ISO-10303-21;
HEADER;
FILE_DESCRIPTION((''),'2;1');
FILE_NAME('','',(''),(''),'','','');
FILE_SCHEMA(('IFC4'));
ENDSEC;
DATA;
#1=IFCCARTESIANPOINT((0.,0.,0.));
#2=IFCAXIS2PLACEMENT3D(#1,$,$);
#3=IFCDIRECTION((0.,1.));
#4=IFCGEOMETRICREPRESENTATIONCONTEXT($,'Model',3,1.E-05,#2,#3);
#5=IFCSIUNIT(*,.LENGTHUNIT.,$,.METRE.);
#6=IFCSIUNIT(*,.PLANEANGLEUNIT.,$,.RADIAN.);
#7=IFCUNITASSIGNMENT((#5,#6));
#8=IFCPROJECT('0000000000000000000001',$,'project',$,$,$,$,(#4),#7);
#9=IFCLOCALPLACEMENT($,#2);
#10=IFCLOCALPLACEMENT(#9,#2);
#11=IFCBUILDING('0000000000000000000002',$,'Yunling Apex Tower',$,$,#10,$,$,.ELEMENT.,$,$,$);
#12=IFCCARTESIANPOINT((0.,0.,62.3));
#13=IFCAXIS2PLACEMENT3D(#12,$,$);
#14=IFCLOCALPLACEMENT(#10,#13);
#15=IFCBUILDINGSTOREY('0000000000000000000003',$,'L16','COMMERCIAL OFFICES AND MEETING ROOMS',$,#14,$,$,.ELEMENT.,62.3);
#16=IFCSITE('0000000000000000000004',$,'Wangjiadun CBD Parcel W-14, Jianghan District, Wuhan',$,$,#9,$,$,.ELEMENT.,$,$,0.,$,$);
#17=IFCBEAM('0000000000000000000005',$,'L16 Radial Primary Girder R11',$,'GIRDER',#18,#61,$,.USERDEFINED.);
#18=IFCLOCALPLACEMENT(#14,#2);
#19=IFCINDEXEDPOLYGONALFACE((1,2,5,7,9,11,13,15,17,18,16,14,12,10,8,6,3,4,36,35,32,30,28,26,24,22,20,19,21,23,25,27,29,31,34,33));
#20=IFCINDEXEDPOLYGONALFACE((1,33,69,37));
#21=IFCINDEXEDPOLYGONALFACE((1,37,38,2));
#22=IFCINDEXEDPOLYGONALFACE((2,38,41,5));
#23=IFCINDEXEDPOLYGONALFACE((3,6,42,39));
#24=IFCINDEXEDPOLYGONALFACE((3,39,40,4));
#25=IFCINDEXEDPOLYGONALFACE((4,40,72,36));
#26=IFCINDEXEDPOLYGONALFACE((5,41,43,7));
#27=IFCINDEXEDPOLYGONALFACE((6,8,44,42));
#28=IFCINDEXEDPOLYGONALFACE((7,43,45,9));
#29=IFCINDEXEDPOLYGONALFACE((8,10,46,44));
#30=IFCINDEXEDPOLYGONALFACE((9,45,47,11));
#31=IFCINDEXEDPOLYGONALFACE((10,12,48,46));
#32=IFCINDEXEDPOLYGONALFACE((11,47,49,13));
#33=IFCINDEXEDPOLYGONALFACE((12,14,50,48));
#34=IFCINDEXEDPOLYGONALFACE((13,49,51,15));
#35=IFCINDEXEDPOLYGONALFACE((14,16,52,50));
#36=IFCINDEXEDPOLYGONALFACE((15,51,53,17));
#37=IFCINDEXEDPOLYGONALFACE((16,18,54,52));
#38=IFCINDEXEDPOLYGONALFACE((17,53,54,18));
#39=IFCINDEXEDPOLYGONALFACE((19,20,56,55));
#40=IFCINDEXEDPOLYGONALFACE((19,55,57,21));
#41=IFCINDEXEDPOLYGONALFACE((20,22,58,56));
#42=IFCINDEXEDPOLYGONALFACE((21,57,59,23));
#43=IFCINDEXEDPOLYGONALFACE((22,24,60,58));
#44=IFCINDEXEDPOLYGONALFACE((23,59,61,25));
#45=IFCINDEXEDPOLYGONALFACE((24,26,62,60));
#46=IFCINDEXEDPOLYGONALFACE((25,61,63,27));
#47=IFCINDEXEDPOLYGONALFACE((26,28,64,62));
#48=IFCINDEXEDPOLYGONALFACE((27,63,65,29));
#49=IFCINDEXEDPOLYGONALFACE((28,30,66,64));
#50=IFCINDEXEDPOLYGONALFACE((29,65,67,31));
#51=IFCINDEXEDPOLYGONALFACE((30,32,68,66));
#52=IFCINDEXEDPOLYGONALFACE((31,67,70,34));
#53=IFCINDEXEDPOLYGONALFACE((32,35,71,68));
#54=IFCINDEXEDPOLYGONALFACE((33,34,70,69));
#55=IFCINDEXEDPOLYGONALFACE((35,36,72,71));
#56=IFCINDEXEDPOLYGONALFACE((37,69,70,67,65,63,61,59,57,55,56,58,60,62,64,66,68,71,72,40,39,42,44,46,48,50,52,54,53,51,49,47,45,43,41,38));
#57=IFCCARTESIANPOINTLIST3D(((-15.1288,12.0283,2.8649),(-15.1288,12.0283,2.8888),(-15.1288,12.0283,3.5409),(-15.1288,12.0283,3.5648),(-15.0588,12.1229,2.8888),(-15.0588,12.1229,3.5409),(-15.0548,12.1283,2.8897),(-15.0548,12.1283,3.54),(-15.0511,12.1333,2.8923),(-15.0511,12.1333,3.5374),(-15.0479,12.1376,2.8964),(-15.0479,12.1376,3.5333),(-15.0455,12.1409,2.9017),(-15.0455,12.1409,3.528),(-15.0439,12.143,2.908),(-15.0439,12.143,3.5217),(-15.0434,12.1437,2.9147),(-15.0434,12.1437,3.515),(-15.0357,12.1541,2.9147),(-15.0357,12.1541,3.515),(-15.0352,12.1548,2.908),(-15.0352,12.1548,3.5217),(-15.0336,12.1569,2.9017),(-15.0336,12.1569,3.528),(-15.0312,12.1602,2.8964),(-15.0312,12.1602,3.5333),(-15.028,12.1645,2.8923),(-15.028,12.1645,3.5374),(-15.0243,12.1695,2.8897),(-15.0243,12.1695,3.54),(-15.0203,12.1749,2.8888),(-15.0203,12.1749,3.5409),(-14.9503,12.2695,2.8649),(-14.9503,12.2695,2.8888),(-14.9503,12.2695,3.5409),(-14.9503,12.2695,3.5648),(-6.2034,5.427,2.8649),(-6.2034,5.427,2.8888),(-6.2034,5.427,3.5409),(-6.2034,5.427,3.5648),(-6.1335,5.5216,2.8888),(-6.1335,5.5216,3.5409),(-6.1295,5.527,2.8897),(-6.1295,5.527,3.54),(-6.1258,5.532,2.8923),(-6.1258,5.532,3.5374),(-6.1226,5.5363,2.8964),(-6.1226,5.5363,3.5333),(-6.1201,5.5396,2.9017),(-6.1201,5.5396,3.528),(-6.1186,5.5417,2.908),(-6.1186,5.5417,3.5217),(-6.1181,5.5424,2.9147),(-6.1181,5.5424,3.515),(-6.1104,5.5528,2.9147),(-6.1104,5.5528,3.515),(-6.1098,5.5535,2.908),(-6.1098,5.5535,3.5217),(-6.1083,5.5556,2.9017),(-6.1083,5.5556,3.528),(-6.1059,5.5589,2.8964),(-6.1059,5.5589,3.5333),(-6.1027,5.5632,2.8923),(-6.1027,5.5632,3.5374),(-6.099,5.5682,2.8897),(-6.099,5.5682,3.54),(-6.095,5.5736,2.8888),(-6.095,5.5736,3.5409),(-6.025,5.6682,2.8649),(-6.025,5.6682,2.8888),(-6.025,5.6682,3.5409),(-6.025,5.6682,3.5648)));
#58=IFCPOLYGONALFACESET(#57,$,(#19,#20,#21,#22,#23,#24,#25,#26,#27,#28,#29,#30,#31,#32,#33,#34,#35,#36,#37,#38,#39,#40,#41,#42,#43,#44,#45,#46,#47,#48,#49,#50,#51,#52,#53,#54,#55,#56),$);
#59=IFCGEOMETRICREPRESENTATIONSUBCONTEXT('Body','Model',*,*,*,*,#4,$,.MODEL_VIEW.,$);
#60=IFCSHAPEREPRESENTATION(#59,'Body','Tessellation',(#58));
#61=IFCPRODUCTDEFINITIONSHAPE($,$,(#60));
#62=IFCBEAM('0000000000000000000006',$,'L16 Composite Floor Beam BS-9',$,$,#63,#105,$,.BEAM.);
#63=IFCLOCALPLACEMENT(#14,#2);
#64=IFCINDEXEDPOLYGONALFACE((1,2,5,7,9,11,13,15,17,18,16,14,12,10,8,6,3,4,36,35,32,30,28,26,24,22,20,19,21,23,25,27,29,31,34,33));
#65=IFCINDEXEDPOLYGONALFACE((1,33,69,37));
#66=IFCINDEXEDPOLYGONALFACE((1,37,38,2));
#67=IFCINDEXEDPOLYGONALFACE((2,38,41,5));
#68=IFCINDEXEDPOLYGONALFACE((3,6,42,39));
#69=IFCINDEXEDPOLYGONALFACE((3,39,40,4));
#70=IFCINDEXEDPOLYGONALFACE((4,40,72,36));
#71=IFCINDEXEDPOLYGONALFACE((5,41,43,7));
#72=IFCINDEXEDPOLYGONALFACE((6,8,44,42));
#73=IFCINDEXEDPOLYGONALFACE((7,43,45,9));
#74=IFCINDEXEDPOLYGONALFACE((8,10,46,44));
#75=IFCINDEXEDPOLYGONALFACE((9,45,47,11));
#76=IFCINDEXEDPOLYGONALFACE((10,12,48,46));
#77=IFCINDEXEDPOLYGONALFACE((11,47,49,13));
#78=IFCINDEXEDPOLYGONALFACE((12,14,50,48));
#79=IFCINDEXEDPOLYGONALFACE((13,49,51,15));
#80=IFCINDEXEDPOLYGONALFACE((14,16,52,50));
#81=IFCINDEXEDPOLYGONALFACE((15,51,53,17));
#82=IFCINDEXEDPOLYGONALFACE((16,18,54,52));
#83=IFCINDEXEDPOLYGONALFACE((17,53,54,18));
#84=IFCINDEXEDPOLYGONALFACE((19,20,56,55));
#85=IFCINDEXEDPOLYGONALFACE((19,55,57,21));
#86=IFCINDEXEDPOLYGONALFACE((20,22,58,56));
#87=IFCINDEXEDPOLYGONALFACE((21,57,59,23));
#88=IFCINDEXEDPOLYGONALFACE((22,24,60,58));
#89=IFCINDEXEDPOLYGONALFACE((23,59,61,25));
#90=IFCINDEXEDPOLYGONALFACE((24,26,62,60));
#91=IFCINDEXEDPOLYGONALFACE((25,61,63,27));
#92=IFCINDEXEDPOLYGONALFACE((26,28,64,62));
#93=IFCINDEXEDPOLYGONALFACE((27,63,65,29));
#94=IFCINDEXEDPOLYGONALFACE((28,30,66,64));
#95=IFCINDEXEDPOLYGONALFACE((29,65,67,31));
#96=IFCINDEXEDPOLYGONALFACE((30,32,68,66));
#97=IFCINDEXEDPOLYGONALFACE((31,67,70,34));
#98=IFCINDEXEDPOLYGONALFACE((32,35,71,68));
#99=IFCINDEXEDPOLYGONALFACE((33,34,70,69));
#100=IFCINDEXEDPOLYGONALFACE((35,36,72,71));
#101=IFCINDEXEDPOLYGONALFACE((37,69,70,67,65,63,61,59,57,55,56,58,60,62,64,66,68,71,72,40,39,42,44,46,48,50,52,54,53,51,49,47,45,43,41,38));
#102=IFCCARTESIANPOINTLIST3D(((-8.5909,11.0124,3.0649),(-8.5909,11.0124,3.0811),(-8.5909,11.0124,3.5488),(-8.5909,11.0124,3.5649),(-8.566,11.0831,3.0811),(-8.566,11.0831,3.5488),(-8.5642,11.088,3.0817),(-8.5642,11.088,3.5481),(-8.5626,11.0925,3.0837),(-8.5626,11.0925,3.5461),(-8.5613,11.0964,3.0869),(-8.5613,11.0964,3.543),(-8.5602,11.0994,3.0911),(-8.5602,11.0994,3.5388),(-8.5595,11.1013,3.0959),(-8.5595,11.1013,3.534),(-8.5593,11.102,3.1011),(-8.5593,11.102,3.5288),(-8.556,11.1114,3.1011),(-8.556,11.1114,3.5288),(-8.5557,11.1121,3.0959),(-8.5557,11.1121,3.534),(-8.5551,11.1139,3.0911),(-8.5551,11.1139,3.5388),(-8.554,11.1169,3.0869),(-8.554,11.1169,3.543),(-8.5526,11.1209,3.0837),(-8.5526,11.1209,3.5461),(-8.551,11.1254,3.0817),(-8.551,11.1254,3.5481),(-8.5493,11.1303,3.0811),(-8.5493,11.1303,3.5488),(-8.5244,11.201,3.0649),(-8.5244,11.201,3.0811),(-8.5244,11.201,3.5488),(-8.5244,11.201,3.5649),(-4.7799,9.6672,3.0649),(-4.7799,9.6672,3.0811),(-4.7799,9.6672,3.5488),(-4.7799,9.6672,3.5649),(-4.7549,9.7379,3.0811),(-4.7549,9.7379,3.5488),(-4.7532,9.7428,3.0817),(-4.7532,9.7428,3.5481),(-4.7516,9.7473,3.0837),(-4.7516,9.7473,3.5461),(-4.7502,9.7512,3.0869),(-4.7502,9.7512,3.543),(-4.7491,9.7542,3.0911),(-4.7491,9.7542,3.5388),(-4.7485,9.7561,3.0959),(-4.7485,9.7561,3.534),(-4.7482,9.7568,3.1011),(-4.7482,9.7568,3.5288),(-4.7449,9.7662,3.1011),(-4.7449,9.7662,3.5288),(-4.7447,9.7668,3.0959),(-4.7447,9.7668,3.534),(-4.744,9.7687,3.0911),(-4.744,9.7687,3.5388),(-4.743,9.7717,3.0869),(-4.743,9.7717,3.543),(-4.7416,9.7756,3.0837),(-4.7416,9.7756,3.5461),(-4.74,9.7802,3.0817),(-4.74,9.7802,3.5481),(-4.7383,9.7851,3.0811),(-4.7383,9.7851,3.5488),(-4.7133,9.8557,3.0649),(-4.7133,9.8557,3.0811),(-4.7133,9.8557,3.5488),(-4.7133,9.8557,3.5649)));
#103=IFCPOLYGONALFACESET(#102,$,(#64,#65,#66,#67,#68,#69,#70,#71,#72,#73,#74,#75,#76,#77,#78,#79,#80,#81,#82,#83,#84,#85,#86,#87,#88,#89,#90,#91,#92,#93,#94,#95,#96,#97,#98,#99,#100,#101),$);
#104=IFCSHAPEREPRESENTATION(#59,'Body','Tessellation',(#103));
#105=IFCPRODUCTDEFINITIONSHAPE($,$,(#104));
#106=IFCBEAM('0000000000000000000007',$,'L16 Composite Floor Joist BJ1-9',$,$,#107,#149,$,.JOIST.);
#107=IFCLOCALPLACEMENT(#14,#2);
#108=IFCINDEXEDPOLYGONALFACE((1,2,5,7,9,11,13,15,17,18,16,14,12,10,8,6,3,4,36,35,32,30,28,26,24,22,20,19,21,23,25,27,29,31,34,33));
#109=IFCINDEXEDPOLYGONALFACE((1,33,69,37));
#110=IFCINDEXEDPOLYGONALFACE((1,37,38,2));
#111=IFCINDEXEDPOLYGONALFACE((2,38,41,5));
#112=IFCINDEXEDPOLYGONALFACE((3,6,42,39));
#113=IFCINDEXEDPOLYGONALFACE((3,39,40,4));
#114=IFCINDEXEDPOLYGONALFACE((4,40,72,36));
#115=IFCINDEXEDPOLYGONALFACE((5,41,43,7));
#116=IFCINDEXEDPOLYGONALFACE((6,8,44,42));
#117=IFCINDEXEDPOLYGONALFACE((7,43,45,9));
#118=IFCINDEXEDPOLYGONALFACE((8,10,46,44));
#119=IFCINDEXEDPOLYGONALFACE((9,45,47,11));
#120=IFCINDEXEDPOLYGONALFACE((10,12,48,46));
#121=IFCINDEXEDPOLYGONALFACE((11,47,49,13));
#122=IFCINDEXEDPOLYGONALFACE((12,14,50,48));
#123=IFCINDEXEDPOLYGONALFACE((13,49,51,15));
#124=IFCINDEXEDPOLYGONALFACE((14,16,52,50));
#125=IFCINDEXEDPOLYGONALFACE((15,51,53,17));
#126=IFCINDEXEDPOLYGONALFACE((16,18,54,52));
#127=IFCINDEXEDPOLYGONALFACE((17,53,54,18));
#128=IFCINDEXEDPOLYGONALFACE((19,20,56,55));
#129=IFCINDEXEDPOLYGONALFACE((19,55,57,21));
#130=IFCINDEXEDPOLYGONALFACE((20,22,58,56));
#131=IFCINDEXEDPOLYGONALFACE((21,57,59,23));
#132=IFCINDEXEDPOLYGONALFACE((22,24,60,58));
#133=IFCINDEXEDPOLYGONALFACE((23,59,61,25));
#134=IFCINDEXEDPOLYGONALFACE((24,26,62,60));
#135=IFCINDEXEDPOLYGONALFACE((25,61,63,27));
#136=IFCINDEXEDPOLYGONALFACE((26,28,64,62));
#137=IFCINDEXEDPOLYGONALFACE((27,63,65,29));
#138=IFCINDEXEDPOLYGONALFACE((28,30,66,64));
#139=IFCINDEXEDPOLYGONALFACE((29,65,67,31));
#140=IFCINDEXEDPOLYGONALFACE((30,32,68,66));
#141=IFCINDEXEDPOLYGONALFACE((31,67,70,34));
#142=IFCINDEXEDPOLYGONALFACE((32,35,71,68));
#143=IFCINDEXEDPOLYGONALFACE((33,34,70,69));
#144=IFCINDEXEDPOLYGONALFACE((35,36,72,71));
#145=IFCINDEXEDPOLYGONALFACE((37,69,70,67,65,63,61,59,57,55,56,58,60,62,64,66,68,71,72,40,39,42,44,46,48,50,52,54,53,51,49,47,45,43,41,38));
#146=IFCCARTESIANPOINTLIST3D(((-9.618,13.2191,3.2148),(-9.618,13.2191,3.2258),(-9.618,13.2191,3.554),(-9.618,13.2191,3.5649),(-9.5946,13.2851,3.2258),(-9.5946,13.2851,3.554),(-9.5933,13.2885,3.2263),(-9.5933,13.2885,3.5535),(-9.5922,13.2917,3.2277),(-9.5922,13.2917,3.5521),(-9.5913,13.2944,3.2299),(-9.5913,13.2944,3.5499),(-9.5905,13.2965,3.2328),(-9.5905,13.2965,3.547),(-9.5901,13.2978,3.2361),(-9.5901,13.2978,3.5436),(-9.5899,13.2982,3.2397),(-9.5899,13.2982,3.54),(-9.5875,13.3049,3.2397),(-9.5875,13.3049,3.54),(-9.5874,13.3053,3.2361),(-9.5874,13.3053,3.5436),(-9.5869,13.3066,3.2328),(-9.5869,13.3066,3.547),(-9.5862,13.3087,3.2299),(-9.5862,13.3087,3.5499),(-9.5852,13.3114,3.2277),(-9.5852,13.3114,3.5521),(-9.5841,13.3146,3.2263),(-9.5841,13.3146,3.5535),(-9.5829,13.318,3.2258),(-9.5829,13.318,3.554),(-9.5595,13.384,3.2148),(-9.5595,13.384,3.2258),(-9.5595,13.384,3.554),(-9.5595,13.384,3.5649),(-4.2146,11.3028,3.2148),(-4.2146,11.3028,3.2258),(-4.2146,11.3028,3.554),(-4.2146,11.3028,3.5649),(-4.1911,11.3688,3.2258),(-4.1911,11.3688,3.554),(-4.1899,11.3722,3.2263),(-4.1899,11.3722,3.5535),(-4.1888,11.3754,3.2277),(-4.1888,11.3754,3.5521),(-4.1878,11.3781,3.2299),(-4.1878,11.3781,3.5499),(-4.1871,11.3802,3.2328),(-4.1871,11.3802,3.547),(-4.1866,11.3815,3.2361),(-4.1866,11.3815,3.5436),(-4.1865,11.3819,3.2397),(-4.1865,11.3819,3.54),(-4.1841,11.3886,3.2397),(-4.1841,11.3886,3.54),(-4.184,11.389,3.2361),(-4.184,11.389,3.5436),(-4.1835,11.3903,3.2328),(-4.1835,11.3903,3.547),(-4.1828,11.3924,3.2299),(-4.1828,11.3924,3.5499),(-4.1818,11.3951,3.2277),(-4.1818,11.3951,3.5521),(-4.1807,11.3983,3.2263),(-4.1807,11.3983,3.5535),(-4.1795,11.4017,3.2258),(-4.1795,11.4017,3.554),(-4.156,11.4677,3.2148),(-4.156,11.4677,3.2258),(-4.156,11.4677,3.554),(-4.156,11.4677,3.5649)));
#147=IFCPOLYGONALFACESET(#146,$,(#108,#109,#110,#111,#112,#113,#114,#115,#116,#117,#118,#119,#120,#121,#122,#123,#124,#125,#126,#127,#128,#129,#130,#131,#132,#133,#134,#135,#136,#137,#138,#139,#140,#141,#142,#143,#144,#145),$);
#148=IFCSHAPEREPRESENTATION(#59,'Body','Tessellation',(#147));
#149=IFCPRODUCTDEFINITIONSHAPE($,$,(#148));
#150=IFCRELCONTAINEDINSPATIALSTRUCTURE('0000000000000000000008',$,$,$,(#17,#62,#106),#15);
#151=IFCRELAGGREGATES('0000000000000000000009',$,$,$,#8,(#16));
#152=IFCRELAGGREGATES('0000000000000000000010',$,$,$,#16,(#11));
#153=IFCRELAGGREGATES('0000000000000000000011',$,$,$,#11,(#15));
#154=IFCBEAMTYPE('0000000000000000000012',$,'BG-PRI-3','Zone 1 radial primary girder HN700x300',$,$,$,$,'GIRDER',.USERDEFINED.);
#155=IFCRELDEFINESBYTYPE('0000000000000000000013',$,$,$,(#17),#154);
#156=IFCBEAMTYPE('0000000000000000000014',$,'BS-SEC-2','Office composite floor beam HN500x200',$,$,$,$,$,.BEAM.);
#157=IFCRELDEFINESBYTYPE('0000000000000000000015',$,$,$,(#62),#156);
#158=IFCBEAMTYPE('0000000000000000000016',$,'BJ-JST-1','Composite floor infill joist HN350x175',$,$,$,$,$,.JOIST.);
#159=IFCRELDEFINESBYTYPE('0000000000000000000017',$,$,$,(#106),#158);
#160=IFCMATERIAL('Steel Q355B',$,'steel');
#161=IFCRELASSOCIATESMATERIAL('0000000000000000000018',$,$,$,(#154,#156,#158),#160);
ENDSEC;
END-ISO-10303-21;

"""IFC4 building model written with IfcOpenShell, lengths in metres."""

from ifc_helpers import new_model, si_unit, direction, frame, origin, origin_2d, place, context, subcontext, project, spatial, i_section, extrude, source, transform, mapped, material, material_profile, profile_set, type_object, element, save


model = new_model("IFC4")

# Units and contexts
model_context = context("Model", 3, precision=1e-05, world=origin(), true_north=direction((0.0, 1.0)))
body_context = subcontext(model_context, "Body", "Model", "MODEL_VIEW")
ifc_project = project(units=[si_unit("LENGTHUNIT", "METRE"), si_unit("PLANEANGLEUNIT", "RADIAN")], contexts=[model_context])

# Site, building, storey
site_placement = place(None, origin())
site = spatial("IfcSite", under=ifc_project, at=site_placement, Name="Wangjiadun CBD Parcel W-14, Jianghan District, Wuhan", CompositionType="ELEMENT", RefElevation=0.0)
building_placement = place(site_placement, origin())
building = spatial("IfcBuilding", under=site, at=building_placement, Name="Yunling Apex Tower", CompositionType="ELEMENT")
storey_placement = place(building_placement, frame((0.0, 0.0, 62.3)))
storey = spatial("IfcBuildingStorey", under=building, at=storey_placement, Name="L16", Description="COMMERCIAL OFFICES AND MEETING ROOMS", CompositionType="ELEMENT", Elevation=62.3)

# Beams
ifc_material_1 = material(Name="Steel Q355B", Category="steel")
ifc_material_profile_1 = material_profile(ifc_material_1, i_section(OverallWidth=0.3, OverallDepth=0.7, WebThickness=0.0129, FlangeThickness=0.0239, FilletRadius=0.0259, at=origin_2d()))
ifc_profile_set_1 = profile_set([ifc_material_profile_1], Name="Steel Q355B")
beam_type_1 = type_object("IfcBeamType", Name="BG-PRI-3", Description="Zone 1 radial primary girder HN700x300", ElementType="GIRDER", PredefinedType="USERDEFINED", material=ifc_profile_set_1)
shared_shape_1 = source(origin(), body_context, "Body", "SweptSolid", [
    extrude(i_section(OverallWidth=0.3, OverallDepth=0.7, WebThickness=0.0129, FlangeThickness=0.0239, FilletRadius=0.0259, at=origin_2d()), origin(), (0.0, 0.0, 1.0), 11.1013),
])
beam_1_placement = place(storey_placement, frame((-15.0396, 12.1489, 3.2148), z_axis=(0.803988, -0.594645, 0.0), x_axis=(0.594645, 0.803988, 0.0)))
element("IfcBeam", 1, at=beam_1_placement, inside=storey, type_object=beam_type_1, Name="L16 Radial Primary Girder R11", ObjectType="GIRDER", PredefinedType="USERDEFINED", context=body_context, shape_type="MappedRepresentation", body=[
    mapped(shared_shape_1, transform((0.0, 0.0, 0.0), scale=1.0)),
])
ifc_material_profile_2 = material_profile(ifc_material_1, i_section(OverallWidth=0.2, OverallDepth=0.5, WebThickness=0.01, FlangeThickness=0.0161, FilletRadius=0.02, at=origin_2d()))
ifc_profile_set_2 = profile_set([ifc_material_profile_2], Name="Steel Q355B")
beam_type_2 = type_object("IfcBeamType", Name="BS-SEC-2", Description="Office composite floor beam HN500x200", PredefinedType="BEAM", material=ifc_profile_set_2)
shared_shape_2 = source(origin(), body_context, "Body", "SweptSolid", [
    extrude(i_section(OverallWidth=0.2, OverallDepth=0.5, WebThickness=0.01, FlangeThickness=0.0161, FilletRadius=0.02, at=origin_2d()), origin(), (0.0, 0.0, 1.0), 4.0415),
])
beam_2_placement = place(storey_placement, frame((-4.7466, 9.7615, 3.3149), z_axis=(-0.942979, 0.332852, 0.0), x_axis=(-0.332852, -0.942979, 0.0)))
element("IfcBeam", 2, at=beam_2_placement, inside=storey, type_object=beam_type_2, Name="L16 Composite Floor Beam BS-9", PredefinedType="BEAM", context=body_context, shape_type="MappedRepresentation", body=[
    mapped(shared_shape_2, transform((0.0, 0.0, 0.0), scale=1.0)),
])
ifc_material_profile_3 = material_profile(ifc_material_1, i_section(OverallWidth=0.175, OverallDepth=0.3501, WebThickness=0.0071, FlangeThickness=0.011, FilletRadius=0.0139, at=origin_2d()))
ifc_profile_set_3 = profile_set([ifc_material_profile_3], Name="Steel Q355B")
beam_type_3 = type_object("IfcBeamType", Name="BJ-JST-1", Description="Composite floor infill joist HN350x175", PredefinedType="JOIST", material=ifc_profile_set_3)
shared_shape_3 = source(origin(), body_context, "Body", "SweptSolid", [
    extrude(i_section(OverallWidth=0.175, OverallDepth=0.3501, WebThickness=0.0071, FlangeThickness=0.011, FilletRadius=0.0139, at=origin_2d()), origin(), (0.0, 0.0, 1.0), 5.7332),
])
beam_3_placement = place(storey_placement, frame((-4.1853, 11.3853, 3.3899), z_axis=(-0.942485, 0.334248, 0.0), x_axis=(-0.334248, -0.942485, 0.0)))
element("IfcBeam", 3, at=beam_3_placement, inside=storey, type_object=beam_type_3, Name="L16 Composite Floor Joist BJ1-9", PredefinedType="JOIST", context=body_context, shape_type="MappedRepresentation", body=[
    mapped(shared_shape_3, transform((0.0, 0.0, 0.0), scale=1.0)),
])

save(model, "model.ifc")
